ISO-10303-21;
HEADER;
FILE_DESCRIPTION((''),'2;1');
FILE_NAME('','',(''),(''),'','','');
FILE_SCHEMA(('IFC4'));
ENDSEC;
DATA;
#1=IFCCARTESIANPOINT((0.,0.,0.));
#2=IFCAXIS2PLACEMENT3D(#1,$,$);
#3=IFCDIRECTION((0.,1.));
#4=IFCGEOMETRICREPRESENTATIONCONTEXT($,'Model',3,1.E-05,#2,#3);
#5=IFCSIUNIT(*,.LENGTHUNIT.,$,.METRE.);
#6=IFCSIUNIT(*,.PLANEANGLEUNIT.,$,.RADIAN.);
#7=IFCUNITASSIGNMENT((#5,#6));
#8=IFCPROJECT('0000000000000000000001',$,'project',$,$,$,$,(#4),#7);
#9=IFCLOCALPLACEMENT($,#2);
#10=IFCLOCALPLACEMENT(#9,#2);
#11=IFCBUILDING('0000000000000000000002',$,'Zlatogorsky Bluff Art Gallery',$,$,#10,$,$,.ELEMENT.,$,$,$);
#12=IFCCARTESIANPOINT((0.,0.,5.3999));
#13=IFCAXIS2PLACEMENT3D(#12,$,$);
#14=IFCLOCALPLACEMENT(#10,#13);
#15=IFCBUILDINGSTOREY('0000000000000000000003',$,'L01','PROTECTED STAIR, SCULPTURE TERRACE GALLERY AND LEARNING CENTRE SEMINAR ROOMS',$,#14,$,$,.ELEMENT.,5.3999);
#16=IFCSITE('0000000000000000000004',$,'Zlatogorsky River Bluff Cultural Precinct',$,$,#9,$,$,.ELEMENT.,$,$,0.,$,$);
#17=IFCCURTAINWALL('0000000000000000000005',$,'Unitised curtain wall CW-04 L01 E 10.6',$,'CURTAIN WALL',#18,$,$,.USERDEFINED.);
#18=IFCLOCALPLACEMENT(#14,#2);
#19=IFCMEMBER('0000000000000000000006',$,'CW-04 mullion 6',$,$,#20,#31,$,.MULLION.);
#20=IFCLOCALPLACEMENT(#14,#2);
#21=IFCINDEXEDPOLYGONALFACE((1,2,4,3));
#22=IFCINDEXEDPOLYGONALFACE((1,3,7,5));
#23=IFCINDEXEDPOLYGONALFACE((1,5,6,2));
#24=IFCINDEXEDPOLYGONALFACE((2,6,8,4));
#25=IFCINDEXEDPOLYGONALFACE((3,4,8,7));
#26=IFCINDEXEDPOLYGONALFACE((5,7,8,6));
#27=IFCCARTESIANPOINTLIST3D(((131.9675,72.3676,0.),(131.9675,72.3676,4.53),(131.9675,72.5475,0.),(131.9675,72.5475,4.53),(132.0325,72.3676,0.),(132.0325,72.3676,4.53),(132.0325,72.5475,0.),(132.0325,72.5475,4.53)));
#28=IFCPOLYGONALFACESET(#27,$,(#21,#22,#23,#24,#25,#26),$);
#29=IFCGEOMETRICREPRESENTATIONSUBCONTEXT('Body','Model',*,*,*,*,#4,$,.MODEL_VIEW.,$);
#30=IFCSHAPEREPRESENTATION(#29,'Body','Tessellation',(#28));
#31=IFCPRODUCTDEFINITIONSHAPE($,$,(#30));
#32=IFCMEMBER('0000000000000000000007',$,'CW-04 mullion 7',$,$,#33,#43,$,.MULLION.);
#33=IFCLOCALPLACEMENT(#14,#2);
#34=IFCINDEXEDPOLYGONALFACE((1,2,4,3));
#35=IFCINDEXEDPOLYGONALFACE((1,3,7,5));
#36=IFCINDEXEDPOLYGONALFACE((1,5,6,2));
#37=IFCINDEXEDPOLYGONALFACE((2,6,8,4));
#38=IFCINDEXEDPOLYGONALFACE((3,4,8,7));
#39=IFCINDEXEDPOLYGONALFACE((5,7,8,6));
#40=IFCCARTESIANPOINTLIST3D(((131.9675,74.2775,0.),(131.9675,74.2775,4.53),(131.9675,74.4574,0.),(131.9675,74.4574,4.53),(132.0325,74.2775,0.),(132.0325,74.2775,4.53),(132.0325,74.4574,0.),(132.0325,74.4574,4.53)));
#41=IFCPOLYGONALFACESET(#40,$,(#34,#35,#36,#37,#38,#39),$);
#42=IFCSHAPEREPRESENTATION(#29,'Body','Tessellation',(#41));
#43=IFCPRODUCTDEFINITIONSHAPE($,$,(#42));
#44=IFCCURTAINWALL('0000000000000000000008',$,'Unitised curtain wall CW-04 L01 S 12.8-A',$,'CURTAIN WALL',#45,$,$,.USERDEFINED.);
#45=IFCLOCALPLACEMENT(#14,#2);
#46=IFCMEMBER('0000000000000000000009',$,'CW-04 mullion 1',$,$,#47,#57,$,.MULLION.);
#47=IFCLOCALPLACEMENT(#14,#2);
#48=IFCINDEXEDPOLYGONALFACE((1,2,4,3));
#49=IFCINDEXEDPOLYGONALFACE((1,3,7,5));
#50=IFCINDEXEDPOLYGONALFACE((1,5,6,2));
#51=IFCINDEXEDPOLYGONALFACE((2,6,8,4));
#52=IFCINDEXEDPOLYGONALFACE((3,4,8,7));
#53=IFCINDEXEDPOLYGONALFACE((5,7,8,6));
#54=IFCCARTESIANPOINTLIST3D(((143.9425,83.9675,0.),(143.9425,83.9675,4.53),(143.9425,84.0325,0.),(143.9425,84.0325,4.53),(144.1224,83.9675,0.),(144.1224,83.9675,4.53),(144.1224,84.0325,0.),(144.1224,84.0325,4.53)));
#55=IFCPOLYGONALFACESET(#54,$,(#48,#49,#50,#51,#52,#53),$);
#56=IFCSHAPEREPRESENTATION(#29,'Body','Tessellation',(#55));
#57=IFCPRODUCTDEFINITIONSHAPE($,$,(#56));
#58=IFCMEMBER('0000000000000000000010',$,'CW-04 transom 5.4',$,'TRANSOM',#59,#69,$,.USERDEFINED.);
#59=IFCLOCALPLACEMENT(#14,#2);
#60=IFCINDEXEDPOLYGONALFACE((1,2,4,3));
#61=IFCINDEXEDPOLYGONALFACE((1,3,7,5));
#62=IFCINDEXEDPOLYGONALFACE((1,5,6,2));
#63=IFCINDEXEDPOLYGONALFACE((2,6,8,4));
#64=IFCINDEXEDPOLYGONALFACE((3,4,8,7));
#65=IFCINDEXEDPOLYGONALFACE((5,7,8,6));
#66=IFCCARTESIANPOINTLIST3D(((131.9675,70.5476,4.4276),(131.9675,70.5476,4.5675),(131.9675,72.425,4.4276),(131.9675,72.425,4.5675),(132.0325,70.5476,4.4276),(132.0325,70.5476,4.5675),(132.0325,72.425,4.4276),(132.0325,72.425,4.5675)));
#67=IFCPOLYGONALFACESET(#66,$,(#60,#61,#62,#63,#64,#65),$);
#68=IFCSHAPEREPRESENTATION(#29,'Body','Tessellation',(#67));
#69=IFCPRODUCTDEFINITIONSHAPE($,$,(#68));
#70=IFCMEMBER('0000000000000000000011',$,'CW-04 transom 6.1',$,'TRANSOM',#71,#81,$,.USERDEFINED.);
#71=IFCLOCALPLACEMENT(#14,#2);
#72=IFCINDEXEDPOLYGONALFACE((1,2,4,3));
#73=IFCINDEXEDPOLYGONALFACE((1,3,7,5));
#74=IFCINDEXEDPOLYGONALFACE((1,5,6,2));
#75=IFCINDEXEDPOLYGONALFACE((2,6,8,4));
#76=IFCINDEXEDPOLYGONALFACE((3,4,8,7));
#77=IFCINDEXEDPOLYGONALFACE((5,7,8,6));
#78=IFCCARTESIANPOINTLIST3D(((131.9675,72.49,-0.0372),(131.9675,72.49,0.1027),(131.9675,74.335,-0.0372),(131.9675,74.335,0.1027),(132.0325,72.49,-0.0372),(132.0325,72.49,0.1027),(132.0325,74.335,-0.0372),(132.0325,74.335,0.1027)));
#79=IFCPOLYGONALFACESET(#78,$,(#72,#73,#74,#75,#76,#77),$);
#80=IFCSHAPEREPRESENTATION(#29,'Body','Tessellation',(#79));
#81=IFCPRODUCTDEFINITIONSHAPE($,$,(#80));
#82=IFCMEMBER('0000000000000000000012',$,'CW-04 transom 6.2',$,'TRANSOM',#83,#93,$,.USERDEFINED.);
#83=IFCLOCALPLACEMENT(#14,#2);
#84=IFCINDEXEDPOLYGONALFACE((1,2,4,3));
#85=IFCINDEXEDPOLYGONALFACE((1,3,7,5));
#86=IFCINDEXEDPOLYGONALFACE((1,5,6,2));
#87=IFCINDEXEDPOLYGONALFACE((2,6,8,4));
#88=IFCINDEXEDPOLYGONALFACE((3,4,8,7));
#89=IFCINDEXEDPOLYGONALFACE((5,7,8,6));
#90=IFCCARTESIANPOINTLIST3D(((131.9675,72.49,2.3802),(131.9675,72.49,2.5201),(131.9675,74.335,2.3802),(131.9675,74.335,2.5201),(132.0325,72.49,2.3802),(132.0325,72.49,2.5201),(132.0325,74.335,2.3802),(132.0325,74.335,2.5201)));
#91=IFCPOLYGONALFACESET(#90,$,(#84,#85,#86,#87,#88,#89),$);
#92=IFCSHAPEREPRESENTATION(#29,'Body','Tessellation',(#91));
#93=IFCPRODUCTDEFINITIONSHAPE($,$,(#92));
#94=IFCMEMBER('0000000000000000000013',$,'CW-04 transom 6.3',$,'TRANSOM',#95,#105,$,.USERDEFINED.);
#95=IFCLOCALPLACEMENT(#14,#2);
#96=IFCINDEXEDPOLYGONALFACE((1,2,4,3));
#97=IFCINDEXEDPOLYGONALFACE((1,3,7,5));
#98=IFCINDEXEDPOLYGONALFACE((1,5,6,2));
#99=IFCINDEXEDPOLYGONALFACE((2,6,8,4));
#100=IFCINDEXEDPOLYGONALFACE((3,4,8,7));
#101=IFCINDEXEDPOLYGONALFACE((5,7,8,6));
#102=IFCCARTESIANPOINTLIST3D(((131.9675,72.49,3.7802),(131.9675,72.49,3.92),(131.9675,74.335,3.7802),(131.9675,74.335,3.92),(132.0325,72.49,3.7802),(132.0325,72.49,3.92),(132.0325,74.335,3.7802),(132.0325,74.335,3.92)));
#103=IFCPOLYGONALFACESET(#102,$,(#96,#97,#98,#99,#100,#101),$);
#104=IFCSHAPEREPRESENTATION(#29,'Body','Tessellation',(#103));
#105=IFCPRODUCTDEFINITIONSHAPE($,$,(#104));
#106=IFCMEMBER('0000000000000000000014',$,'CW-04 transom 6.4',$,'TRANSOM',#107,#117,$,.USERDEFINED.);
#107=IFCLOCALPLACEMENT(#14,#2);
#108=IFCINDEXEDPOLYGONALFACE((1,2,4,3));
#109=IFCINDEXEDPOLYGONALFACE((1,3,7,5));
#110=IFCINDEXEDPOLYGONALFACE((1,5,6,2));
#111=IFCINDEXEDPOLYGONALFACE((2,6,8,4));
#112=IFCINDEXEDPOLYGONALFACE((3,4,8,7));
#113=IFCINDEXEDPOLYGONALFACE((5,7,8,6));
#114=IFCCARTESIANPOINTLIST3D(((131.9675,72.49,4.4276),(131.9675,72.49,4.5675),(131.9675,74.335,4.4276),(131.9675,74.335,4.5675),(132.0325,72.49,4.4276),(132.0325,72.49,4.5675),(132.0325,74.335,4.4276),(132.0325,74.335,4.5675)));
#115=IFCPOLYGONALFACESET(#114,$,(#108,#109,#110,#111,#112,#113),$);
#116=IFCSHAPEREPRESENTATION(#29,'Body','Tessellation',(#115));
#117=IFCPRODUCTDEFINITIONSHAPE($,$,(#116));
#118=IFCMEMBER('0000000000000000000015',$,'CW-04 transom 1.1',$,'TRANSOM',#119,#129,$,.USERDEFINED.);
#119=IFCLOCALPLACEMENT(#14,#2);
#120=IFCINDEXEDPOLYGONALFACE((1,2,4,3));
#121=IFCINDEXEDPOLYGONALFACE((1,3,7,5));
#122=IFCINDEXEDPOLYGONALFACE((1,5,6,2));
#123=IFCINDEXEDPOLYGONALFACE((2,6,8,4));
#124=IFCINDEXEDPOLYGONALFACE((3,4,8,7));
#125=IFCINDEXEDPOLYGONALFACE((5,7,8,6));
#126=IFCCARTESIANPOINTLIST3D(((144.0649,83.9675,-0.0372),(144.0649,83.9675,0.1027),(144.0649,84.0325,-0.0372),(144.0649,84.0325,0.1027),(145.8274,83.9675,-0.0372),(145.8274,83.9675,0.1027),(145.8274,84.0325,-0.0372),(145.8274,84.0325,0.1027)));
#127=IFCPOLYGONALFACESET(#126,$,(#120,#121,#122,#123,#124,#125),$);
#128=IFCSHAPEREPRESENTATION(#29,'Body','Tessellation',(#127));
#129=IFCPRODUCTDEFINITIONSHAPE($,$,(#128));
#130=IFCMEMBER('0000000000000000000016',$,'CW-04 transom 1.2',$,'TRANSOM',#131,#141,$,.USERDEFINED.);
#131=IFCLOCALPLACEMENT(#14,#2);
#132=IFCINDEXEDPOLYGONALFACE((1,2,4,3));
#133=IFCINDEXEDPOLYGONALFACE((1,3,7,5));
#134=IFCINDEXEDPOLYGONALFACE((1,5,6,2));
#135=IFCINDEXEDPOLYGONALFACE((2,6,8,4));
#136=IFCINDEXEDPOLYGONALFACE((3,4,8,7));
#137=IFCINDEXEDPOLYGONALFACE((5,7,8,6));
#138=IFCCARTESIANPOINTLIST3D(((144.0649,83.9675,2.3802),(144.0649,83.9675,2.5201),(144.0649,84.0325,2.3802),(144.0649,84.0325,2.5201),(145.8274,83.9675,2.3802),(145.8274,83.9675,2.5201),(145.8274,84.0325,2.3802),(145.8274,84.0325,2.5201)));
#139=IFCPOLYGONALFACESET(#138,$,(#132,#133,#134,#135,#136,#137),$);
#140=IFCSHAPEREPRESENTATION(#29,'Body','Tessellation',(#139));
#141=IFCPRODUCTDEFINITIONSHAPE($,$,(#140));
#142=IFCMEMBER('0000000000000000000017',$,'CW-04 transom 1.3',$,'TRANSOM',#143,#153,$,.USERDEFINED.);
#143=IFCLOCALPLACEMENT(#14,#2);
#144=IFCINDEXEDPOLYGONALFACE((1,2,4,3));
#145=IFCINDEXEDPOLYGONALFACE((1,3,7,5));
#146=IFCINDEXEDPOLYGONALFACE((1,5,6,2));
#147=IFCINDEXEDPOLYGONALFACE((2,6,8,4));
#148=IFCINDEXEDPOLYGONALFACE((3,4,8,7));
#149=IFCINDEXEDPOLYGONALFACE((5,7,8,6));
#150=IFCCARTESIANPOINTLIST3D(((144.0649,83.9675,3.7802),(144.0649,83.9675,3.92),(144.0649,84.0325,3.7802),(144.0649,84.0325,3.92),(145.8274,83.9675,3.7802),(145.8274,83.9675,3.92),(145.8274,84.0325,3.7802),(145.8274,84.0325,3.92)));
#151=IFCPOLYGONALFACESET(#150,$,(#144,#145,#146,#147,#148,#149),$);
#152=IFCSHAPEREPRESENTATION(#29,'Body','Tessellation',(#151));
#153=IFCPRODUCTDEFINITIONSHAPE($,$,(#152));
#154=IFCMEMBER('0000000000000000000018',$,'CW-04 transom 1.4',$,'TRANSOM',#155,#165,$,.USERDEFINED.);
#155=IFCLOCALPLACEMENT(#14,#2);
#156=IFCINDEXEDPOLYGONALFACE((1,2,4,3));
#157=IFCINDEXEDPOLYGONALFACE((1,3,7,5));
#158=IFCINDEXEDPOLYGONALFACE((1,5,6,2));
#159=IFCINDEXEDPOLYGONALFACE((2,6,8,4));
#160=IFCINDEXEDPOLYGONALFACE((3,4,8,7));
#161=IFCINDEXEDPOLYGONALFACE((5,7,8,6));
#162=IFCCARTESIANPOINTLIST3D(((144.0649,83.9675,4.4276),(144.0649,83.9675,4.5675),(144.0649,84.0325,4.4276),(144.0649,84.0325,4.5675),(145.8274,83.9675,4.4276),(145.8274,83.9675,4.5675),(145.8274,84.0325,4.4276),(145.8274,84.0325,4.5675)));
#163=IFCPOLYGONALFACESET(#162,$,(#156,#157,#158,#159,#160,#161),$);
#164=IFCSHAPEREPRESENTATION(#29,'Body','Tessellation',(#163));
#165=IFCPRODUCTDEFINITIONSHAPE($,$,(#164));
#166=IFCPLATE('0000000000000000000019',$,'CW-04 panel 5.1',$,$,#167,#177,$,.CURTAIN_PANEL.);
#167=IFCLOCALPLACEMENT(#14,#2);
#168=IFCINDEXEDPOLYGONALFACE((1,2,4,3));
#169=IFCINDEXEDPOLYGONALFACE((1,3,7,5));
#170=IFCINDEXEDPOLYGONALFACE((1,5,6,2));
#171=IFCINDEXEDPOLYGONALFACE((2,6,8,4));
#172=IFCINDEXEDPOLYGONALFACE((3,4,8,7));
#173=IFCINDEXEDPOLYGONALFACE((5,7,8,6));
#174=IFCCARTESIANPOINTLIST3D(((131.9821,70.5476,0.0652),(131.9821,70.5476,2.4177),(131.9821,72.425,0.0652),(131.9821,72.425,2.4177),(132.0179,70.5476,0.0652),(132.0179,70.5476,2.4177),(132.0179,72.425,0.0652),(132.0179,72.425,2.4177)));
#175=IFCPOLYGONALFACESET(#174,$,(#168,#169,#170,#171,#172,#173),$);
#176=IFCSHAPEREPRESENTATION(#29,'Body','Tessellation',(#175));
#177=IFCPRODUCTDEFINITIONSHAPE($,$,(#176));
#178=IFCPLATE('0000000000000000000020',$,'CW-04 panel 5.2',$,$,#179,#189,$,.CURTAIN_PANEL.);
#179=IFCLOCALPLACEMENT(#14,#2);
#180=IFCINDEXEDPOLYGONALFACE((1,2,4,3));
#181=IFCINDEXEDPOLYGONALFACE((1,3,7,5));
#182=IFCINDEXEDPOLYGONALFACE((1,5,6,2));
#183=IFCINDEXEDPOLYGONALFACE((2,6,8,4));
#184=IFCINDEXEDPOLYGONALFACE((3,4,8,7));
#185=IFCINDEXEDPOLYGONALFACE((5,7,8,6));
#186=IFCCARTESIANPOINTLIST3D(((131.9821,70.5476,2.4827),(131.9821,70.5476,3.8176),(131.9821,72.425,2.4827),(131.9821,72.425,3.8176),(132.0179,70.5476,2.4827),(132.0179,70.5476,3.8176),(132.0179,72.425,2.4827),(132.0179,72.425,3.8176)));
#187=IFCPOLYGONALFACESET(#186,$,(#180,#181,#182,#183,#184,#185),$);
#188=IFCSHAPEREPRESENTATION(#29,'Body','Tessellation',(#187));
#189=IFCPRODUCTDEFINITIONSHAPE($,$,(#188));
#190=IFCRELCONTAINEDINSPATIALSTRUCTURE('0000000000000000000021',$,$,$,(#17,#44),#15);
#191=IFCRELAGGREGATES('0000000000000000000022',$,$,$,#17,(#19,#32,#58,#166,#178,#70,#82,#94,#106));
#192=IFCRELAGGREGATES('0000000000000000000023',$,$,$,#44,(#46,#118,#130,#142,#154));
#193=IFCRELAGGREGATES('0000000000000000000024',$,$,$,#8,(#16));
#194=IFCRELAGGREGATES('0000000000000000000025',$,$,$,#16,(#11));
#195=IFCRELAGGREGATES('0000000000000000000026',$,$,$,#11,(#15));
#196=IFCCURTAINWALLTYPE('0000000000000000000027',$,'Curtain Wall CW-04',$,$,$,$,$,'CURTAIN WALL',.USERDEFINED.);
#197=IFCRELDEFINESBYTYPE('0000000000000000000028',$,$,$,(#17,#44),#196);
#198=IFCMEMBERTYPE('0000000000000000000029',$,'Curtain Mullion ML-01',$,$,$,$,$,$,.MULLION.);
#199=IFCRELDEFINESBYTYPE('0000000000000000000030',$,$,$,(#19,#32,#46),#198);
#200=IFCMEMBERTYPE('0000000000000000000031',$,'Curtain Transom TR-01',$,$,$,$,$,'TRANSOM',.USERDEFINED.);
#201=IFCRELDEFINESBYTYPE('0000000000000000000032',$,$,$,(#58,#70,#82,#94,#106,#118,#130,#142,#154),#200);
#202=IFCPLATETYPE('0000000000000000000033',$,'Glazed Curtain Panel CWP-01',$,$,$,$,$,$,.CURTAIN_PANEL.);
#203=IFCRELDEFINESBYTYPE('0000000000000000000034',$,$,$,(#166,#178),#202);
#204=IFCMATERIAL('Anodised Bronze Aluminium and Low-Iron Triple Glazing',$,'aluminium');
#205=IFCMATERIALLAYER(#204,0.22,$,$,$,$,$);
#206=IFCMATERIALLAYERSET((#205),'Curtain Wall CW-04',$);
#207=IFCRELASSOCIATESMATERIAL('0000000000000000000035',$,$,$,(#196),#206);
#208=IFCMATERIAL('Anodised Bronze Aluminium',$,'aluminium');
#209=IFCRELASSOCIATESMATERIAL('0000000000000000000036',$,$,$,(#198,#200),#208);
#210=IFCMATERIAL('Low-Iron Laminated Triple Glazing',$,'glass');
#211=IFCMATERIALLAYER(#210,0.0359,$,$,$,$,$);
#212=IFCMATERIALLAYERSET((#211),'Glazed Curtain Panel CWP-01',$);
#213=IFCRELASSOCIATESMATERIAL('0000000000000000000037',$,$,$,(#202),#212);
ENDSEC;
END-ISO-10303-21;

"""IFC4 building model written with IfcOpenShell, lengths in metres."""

from ifc_helpers import new_model, si_unit, direction, frame, origin, origin_2d, place, context, subcontext, project, spatial, rectangle, extrude, material, layer, layer_set, material_profile, profile_set, type_object, element, aggregate, save


model = new_model("IFC4")

# Units and contexts
model_context = context("Model", 3, precision=1e-05, world=origin(), true_north=direction((0.0, 1.0)))
body_context = subcontext(model_context, "Body", "Model", "MODEL_VIEW")
ifc_project = project(units=[si_unit("LENGTHUNIT", "METRE"), si_unit("PLANEANGLEUNIT", "RADIAN")], contexts=[model_context])

# Site, building, storey
site_placement = place(None, origin())
site = spatial("IfcSite", under=ifc_project, at=site_placement, Name="Zlatogorsky River Bluff Cultural Precinct", CompositionType="ELEMENT", RefElevation=0.0)
building_placement = place(site_placement, origin())
building = spatial("IfcBuilding", under=site, at=building_placement, Name="Zlatogorsky Bluff Art Gallery", CompositionType="ELEMENT")
storey_placement = place(building_placement, frame((0.0, 0.0, 5.3999)))
storey = spatial("IfcBuildingStorey", under=building, at=storey_placement, Name="L01", Description="PROTECTED STAIR, SCULPTURE TERRACE GALLERY AND LEARNING CENTRE SEMINAR ROOMS", CompositionType="ELEMENT", Elevation=5.3999)

# Curtain wall, members
ifc_material_1 = material(Name="Anodised Bronze Aluminium and Low-Iron Triple Glazing", Category="aluminium")
ifc_layer_1 = layer(ifc_material_1, 0.22)
ifc_layer_set_1 = layer_set([ifc_layer_1], Name="Curtain Wall CW-04")
curtain_wall_type = type_object("IfcCurtainWallType", Name="Curtain Wall CW-04", ElementType="CURTAIN WALL", PredefinedType="USERDEFINED", material=ifc_layer_set_1)
curtain_wall_1_placement = place(storey_placement, origin())
curtain_wall_1 = element("IfcCurtainWall", 1, at=curtain_wall_1_placement, inside=storey, type_object=curtain_wall_type, Name="Unitised curtain wall CW-04 L01 E 10.6", ObjectType="CURTAIN WALL", PredefinedType="USERDEFINED")
ifc_material_2 = material(Name="Anodised Bronze Aluminium", Category="aluminium")
ifc_material_profile_1 = material_profile(ifc_material_2, rectangle(XDim=0.0649, YDim=0.1799, at=origin_2d()), Name="ALU MULLION 65x180")
ifc_profile_set_1 = profile_set([ifc_material_profile_1], Name="Anodised Bronze Aluminium")
member_type_1 = type_object("IfcMemberType", Name="Curtain Mullion ML-01", PredefinedType="MULLION", material=ifc_profile_set_1)
member_1_placement = place(storey_placement, frame((132.0, 72.4575, 0.0), z_axis=(0.0, 0.0, 1.0), x_axis=(-1.0, 0.0, 0.0)))
member_1 = element("IfcMember", 2, at=member_1_placement, type_object=member_type_1, Name="CW-04 mullion 6", PredefinedType="MULLION", context=body_context, shape_type="SweptSolid", body=[
    extrude(rectangle(XDim=0.0649, YDim=0.1799, at=origin_2d()), origin(), (0.0, 0.0, 1.0), 4.53),
])
member_2_placement = place(storey_placement, frame((132.0, 74.3674, 0.0), z_axis=(0.0, 0.0, 1.0), x_axis=(-1.0, 0.0, 0.0)))
member_2 = element("IfcMember", 3, at=member_2_placement, type_object=member_type_1, Name="CW-04 mullion 7", PredefinedType="MULLION", context=body_context, shape_type="SweptSolid", body=[
    extrude(rectangle(XDim=0.0649, YDim=0.1799, at=origin_2d()), origin(), (0.0, 0.0, 1.0), 4.53),
])

# Curtain wall, member
curtain_wall_2_placement = place(storey_placement, origin())
curtain_wall_2 = element("IfcCurtainWall", 4, at=curtain_wall_2_placement, inside=storey, type_object=curtain_wall_type, Name="Unitised curtain wall CW-04 L01 S 12.8-A", ObjectType="CURTAIN WALL", PredefinedType="USERDEFINED")
member_3_placement = place(storey_placement, frame((144.0325, 84.0, 0.0), z_axis=(0.0, 0.0, 1.0), x_axis=(0.0, 1.0, 0.0)))
member_3 = element("IfcMember", 5, at=member_3_placement, type_object=member_type_1, Name="CW-04 mullion 1", PredefinedType="MULLION", context=body_context, shape_type="SweptSolid", body=[
    extrude(rectangle(XDim=0.0649, YDim=0.1799, at=origin_2d()), origin(), (0.0, 0.0, 1.0), 4.53),
])

# Members
ifc_material_profile_2 = material_profile(ifc_material_2, rectangle(XDim=0.0649, YDim=0.1399, at=origin_2d()), Name="ALU TRANSOM 65x140")
ifc_profile_set_2 = profile_set([ifc_material_profile_2], Name="Anodised Bronze Aluminium")
member_type_2 = type_object("IfcMemberType", Name="Curtain Transom TR-01", ElementType="TRANSOM", PredefinedType="USERDEFINED", material=ifc_profile_set_2)
member_4_placement = place(storey_placement, frame((132.0, 70.5476, 4.4976), z_axis=(0.0, 1.0, 0.0), x_axis=(-1.0, 0.0, 0.0)))
member_4 = element("IfcMember", 6, at=member_4_placement, type_object=member_type_2, Name="CW-04 transom 5.4", ObjectType="TRANSOM", PredefinedType="USERDEFINED", context=body_context, shape_type="SweptSolid", body=[
    extrude(rectangle(XDim=0.0649, YDim=0.1399, at=origin_2d()), origin(), (0.0, 0.0, 1.0), 1.8774),
])
member_5_placement = place(storey_placement, frame((132.0, 72.49, 0.0327), z_axis=(0.0, 1.0, 0.0), x_axis=(-1.0, 0.0, 0.0)))
member_5 = element("IfcMember", 7, at=member_5_placement, type_object=member_type_2, Name="CW-04 transom 6.1", ObjectType="TRANSOM", PredefinedType="USERDEFINED", context=body_context, shape_type="SweptSolid", body=[
    extrude(rectangle(XDim=0.0649, YDim=0.1399, at=origin_2d()), origin(), (0.0, 0.0, 1.0), 1.845),
])
member_6_placement = place(storey_placement, frame((132.0, 72.49, 2.4502), z_axis=(0.0, 1.0, 0.0), x_axis=(-1.0, 0.0, 0.0)))
member_6 = element("IfcMember", 8, at=member_6_placement, type_object=member_type_2, Name="CW-04 transom 6.2", ObjectType="TRANSOM", PredefinedType="USERDEFINED", context=body_context, shape_type="SweptSolid", body=[
    extrude(rectangle(XDim=0.0649, YDim=0.1399, at=origin_2d()), origin(), (0.0, 0.0, 1.0), 1.845),
])
member_7_placement = place(storey_placement, frame((132.0, 72.49, 3.8501), z_axis=(0.0, 1.0, 0.0), x_axis=(-1.0, 0.0, 0.0)))
member_7 = element("IfcMember", 9, at=member_7_placement, type_object=member_type_2, Name="CW-04 transom 6.3", ObjectType="TRANSOM", PredefinedType="USERDEFINED", context=body_context, shape_type="SweptSolid", body=[
    extrude(rectangle(XDim=0.0649, YDim=0.1399, at=origin_2d()), origin(), (0.0, 0.0, 1.0), 1.845),
])
member_8_placement = place(storey_placement, frame((132.0, 72.49, 4.4976), z_axis=(0.0, 1.0, 0.0), x_axis=(-1.0, 0.0, 0.0)))
member_8 = element("IfcMember", 10, at=member_8_placement, type_object=member_type_2, Name="CW-04 transom 6.4", ObjectType="TRANSOM", PredefinedType="USERDEFINED", context=body_context, shape_type="SweptSolid", body=[
    extrude(rectangle(XDim=0.0649, YDim=0.1399, at=origin_2d()), origin(), (0.0, 0.0, 1.0), 1.845),
])
member_9_placement = place(storey_placement, frame((144.0649, 84.0, 0.0327), z_axis=(1.0, 0.0, 0.0), x_axis=(0.0, 1.0, 0.0)))
member_9 = element("IfcMember", 11, at=member_9_placement, type_object=member_type_2, Name="CW-04 transom 1.1", ObjectType="TRANSOM", PredefinedType="USERDEFINED", context=body_context, shape_type="SweptSolid", body=[
    extrude(rectangle(XDim=0.0649, YDim=0.1399, at=origin_2d()), origin(), (0.0, 0.0, 1.0), 1.7625),
])
member_10_placement = place(storey_placement, frame((144.0649, 84.0, 2.4502), z_axis=(1.0, 0.0, 0.0), x_axis=(0.0, 1.0, 0.0)))
member_10 = element("IfcMember", 12, at=member_10_placement, type_object=member_type_2, Name="CW-04 transom 1.2", ObjectType="TRANSOM", PredefinedType="USERDEFINED", context=body_context, shape_type="SweptSolid", body=[
    extrude(rectangle(XDim=0.0649, YDim=0.1399, at=origin_2d()), origin(), (0.0, 0.0, 1.0), 1.7625),
])
member_11_placement = place(storey_placement, frame((144.0649, 84.0, 3.8501), z_axis=(1.0, 0.0, 0.0), x_axis=(0.0, 1.0, 0.0)))
member_11 = element("IfcMember", 13, at=member_11_placement, type_object=member_type_2, Name="CW-04 transom 1.3", ObjectType="TRANSOM", PredefinedType="USERDEFINED", context=body_context, shape_type="SweptSolid", body=[
    extrude(rectangle(XDim=0.0649, YDim=0.1399, at=origin_2d()), origin(), (0.0, 0.0, 1.0), 1.7625),
])
member_12_placement = place(storey_placement, frame((144.0649, 84.0, 4.4976), z_axis=(1.0, 0.0, 0.0), x_axis=(0.0, 1.0, 0.0)))
member_12 = element("IfcMember", 14, at=member_12_placement, type_object=member_type_2, Name="CW-04 transom 1.4", ObjectType="TRANSOM", PredefinedType="USERDEFINED", context=body_context, shape_type="SweptSolid", body=[
    extrude(rectangle(XDim=0.0649, YDim=0.1399, at=origin_2d()), origin(), (0.0, 0.0, 1.0), 1.7625),
])

# Plates
ifc_material_3 = material(Name="Low-Iron Laminated Triple Glazing", Category="glass")
ifc_layer_2 = layer(ifc_material_3, 0.0359)
ifc_layer_set_2 = layer_set([ifc_layer_2], Name="Glazed Curtain Panel CWP-01")
plate_type = type_object("IfcPlateType", Name="Glazed Curtain Panel CWP-01", PredefinedType="CURTAIN_PANEL", material=ifc_layer_set_2)
plate_1_placement = place(storey_placement, frame((132.0, 71.4863, 0.0652), z_axis=(0.0, 0.0, 1.0), x_axis=(0.0, 1.0, 0.0)))
plate_1 = element("IfcPlate", 15, at=plate_1_placement, type_object=plate_type, Name="CW-04 panel 5.1", PredefinedType="CURTAIN_PANEL", context=body_context, shape_type="SweptSolid", body=[
    extrude(rectangle(XDim=1.8774, YDim=0.0359, at=origin_2d()), origin(), (0.0, 0.0, 1.0), 2.3525),
])
plate_2_placement = place(storey_placement, frame((132.0, 71.4863, 2.4827), z_axis=(0.0, 0.0, 1.0), x_axis=(0.0, 1.0, 0.0)))
plate_2 = element("IfcPlate", 16, at=plate_2_placement, type_object=plate_type, Name="CW-04 panel 5.2", PredefinedType="CURTAIN_PANEL", context=body_context, shape_type="SweptSolid", body=[
    extrude(rectangle(XDim=1.8774, YDim=0.0359, at=origin_2d()), origin(), (0.0, 0.0, 1.0), 1.335),
])
aggregate(curtain_wall_1, [member_1, member_2, member_4, plate_1, plate_2, member_5, member_6, member_7, member_8])
aggregate(curtain_wall_2, [member_3, member_9, member_10, member_11, member_12])

save(model, "model.ifc")
